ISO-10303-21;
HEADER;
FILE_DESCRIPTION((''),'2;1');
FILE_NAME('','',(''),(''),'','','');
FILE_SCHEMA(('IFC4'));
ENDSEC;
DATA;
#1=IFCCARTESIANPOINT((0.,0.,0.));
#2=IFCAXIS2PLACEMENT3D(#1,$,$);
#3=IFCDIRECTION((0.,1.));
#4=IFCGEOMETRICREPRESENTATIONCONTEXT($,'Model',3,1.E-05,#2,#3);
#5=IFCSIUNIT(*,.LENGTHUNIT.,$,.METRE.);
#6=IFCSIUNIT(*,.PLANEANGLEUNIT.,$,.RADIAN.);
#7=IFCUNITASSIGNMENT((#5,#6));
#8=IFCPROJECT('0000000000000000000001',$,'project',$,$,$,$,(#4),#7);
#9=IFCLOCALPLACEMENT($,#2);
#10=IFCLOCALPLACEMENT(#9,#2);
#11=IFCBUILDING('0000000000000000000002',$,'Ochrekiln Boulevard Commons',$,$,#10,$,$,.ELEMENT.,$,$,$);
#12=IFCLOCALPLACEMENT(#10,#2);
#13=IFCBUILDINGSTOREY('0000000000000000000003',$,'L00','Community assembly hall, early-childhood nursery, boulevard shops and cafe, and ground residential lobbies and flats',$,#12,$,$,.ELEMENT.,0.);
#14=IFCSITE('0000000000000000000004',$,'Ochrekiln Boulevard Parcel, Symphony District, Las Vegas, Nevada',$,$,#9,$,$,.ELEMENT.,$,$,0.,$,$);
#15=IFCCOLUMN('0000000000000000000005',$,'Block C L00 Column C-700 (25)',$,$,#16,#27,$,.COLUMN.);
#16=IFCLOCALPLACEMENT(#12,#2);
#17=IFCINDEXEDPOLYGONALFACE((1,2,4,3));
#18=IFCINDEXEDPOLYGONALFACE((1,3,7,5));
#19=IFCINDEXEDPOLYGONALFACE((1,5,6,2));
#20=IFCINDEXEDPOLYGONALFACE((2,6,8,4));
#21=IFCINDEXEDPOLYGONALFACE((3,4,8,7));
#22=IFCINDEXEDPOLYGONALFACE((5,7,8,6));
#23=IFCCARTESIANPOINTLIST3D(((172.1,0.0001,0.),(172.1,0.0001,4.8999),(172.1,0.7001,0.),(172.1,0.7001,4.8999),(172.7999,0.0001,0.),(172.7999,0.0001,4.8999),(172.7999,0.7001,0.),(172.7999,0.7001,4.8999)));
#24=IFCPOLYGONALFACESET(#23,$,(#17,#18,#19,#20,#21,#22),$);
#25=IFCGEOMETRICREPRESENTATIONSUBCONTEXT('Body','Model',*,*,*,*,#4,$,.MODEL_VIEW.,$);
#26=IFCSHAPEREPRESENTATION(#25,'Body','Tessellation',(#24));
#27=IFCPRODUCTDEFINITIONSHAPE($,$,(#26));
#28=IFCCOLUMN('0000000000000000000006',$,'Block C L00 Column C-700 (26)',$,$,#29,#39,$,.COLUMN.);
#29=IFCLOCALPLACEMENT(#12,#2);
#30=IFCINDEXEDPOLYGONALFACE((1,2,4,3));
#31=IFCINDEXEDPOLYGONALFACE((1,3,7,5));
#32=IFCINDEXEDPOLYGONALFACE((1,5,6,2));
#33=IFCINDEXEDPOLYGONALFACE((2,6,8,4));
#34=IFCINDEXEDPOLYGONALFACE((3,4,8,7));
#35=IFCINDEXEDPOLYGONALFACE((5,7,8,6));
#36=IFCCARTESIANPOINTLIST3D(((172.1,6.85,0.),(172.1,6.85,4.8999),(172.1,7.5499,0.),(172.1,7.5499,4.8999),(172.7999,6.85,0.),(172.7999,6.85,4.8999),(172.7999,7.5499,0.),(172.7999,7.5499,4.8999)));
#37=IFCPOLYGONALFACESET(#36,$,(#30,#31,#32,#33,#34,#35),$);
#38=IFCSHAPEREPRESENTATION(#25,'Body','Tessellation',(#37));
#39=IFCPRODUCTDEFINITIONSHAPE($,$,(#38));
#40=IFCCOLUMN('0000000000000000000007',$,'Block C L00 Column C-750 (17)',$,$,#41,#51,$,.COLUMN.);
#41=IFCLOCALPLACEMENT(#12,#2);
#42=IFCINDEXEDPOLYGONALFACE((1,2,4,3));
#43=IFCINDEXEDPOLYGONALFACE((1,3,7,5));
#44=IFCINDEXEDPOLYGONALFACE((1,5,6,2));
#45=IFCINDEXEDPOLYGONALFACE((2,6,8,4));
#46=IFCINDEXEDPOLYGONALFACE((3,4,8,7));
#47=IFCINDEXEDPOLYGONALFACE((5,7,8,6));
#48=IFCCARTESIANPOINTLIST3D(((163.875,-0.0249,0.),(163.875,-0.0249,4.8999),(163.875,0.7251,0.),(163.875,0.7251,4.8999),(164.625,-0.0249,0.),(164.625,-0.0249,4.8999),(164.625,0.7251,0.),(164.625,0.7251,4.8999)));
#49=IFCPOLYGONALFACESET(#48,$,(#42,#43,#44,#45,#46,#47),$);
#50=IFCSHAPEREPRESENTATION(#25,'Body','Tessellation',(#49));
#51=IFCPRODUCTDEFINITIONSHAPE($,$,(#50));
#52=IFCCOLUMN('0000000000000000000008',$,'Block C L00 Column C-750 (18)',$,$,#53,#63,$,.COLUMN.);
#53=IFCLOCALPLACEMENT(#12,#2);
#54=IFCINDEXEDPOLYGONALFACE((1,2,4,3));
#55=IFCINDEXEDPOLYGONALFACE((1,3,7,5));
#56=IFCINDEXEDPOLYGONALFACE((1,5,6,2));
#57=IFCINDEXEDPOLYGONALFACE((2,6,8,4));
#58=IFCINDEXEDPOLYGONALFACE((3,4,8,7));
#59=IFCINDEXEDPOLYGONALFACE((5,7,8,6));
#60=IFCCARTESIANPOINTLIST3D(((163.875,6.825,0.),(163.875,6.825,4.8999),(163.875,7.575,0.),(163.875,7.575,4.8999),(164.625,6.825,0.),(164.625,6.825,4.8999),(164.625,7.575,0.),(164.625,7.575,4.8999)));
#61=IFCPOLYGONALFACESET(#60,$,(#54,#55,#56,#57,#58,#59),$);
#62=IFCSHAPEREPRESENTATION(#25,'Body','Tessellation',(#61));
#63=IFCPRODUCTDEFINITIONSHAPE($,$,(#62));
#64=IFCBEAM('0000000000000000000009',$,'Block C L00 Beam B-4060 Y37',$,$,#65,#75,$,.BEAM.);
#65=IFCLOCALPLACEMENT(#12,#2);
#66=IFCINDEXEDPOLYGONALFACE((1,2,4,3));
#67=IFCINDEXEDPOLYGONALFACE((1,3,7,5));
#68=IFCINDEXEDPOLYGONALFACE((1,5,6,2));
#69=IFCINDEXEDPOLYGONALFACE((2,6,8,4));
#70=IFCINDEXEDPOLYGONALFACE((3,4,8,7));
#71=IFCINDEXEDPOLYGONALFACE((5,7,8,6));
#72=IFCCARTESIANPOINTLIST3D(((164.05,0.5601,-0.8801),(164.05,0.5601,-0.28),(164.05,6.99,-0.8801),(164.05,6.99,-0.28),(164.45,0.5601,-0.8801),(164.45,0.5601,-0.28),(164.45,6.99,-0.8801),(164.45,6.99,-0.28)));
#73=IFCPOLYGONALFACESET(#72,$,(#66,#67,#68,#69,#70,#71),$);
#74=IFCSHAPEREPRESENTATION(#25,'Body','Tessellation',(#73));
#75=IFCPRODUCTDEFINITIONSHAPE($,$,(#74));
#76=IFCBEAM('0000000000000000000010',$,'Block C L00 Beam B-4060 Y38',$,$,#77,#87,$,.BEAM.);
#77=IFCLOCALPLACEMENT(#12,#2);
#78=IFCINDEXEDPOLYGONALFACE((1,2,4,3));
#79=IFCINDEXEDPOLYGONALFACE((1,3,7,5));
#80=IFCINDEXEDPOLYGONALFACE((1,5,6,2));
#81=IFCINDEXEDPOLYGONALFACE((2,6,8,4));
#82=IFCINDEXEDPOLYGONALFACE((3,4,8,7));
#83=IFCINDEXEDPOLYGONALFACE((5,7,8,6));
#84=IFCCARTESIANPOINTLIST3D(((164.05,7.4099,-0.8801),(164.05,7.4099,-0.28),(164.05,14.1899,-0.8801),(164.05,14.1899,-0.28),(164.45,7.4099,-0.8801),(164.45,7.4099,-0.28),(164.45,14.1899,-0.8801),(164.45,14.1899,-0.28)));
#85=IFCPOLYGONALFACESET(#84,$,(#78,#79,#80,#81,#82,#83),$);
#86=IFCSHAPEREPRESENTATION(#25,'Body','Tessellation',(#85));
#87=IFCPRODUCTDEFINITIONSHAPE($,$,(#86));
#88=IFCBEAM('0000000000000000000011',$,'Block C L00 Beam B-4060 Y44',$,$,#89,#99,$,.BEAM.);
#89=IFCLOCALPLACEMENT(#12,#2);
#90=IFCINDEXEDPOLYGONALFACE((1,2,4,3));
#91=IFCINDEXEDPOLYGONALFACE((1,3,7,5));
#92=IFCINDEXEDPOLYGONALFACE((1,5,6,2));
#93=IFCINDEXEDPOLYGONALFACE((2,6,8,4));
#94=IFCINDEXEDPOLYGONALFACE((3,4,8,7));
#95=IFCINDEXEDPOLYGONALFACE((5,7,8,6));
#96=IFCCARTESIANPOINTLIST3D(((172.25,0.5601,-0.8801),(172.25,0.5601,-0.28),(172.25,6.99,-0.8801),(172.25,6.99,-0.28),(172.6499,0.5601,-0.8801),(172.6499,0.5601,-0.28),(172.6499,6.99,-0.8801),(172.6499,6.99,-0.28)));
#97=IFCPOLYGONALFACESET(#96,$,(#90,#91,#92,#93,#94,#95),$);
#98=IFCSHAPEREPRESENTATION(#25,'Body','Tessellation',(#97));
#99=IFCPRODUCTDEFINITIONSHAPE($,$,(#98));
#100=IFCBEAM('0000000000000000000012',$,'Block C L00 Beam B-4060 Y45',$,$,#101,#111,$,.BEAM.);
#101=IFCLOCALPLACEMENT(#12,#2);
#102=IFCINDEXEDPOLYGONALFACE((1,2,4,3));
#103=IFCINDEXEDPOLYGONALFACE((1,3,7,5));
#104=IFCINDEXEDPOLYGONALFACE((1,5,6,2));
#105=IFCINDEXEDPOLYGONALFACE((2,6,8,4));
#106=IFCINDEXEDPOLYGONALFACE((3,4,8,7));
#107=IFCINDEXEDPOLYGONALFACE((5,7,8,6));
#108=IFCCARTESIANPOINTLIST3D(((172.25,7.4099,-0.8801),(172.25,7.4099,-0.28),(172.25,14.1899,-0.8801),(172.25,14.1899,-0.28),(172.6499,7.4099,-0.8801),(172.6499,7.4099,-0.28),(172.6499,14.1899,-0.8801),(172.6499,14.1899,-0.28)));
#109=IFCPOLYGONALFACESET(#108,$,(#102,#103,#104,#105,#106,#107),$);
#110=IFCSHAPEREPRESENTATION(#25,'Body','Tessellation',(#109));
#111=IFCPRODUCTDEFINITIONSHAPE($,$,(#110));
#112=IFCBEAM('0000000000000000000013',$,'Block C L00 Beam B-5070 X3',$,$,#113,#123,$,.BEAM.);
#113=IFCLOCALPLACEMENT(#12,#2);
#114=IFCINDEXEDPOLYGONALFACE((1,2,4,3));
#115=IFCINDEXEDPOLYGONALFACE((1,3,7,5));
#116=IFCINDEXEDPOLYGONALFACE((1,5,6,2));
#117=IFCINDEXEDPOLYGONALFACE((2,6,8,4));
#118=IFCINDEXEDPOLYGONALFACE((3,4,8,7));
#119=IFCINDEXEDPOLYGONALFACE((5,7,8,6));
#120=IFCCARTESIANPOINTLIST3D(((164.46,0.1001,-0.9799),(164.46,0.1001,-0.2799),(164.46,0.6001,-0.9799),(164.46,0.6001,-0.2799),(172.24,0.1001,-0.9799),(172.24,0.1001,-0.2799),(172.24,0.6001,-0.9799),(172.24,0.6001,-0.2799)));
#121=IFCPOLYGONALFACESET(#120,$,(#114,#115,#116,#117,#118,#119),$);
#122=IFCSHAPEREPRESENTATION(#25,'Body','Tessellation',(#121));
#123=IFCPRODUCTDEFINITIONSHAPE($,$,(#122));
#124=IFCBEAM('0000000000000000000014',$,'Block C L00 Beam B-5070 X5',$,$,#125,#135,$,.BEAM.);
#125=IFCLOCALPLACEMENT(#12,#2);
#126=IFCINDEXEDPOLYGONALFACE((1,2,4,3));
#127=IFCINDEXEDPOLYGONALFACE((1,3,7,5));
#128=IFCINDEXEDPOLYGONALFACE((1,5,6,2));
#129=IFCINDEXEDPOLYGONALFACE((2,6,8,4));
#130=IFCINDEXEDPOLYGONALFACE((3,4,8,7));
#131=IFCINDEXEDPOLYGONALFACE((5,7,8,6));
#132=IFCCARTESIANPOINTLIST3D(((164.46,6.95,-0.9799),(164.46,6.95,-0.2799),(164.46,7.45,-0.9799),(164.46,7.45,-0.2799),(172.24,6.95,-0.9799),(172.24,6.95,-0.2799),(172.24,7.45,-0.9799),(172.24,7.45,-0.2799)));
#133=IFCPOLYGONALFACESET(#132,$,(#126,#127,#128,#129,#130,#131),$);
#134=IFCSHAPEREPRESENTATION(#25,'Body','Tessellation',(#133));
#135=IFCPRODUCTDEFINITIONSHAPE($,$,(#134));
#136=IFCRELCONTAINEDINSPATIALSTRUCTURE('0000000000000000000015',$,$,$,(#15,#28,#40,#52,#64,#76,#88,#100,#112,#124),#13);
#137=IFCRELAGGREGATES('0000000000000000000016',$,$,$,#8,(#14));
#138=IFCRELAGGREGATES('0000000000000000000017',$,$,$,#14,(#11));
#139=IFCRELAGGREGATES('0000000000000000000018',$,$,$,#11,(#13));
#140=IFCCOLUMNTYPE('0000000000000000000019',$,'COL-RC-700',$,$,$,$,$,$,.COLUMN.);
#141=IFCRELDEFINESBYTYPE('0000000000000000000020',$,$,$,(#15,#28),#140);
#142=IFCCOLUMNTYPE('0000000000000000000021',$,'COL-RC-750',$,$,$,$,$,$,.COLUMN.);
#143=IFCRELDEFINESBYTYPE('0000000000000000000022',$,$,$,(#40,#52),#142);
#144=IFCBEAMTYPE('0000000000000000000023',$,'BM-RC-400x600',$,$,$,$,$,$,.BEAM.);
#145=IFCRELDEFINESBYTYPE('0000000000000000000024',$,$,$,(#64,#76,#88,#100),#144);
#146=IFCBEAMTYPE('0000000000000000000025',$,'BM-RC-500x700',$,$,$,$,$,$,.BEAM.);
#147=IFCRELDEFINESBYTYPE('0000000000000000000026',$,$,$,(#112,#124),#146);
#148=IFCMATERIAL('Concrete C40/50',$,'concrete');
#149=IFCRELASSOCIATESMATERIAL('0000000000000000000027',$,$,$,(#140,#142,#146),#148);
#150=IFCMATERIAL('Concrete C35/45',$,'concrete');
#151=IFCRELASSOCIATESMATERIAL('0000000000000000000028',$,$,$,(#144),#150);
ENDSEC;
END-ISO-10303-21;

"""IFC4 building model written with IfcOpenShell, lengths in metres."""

from ifc_helpers import new_model, si_unit, direction, frame, origin, origin_2d, place, context, subcontext, project, spatial, rectangle, extrude, material, material_profile, profile_set, type_object, element, save


model = new_model("IFC4")

# Units and contexts
model_context = context("Model", 3, precision=1e-05, world=origin(), true_north=direction((0.0, 1.0)))
body_context = subcontext(model_context, "Body", "Model", "MODEL_VIEW")
ifc_project = project(units=[si_unit("LENGTHUNIT", "METRE"), si_unit("PLANEANGLEUNIT", "RADIAN")], contexts=[model_context])

# Site, building, storey
site_placement = place(None, origin())
site = spatial("IfcSite", under=ifc_project, at=site_placement, Name="Ochrekiln Boulevard Parcel, Symphony District, Las Vegas, Nevada", CompositionType="ELEMENT", RefElevation=0.0)
building_placement = place(site_placement, origin())
building = spatial("IfcBuilding", under=site, at=building_placement, Name="Ochrekiln Boulevard Commons", CompositionType="ELEMENT")
storey_placement = place(building_placement, origin())
storey = spatial("IfcBuildingStorey", under=building, at=storey_placement, Name="L00", Description="Community assembly hall, early-childhood nursery, boulevard shops and cafe, and ground residential lobbies and flats", CompositionType="ELEMENT", Elevation=0.0)

# Columns
ifc_material_1 = material(Name="Concrete C40/50", Category="concrete")
ifc_material_profile_1 = material_profile(ifc_material_1, rectangle(XDim=0.7, YDim=0.7, at=origin_2d()), Name="RC-COL-700x700")
ifc_profile_set_1 = profile_set([ifc_material_profile_1], Name="Concrete C40/50")
column_type_1 = type_object("IfcColumnType", Name="COL-RC-700", PredefinedType="COLUMN", material=ifc_profile_set_1)
for number, where, z_axis, x_axis, name in (
    (1, (172.45, 0.3501, 0.0), (0.0, 0.0, 1.0), (1.0, 0.0, 0.0), "Block C L00 Column C-700 (25)"),
    (2, (172.45, 7.2, 0.0), (0.0, 0.0, 1.0), (1.0, 0.0, 0.0), "Block C L00 Column C-700 (26)"),
):
    element("IfcColumn", number, at=place(storey_placement, frame(where, z_axis=z_axis, x_axis=x_axis)), inside=storey, type_object=column_type_1, Name=name, PredefinedType="COLUMN", context=body_context, shape_type="SweptSolid", body=[
        extrude(rectangle(XDim=0.7, YDim=0.7, at=origin_2d()), origin(), (0.0, 0.0, 1.0), 4.8999),
    ])
ifc_material_profile_2 = material_profile(ifc_material_1, rectangle(XDim=0.75, YDim=0.75, at=origin_2d()), Name="RC-COL-750x750")
ifc_profile_set_2 = profile_set([ifc_material_profile_2], Name="Concrete C40/50")
column_type_2 = type_object("IfcColumnType", Name="COL-RC-750", PredefinedType="COLUMN", material=ifc_profile_set_2)
for number, where, z_axis, x_axis, name in (
    (3, (164.25, 0.3501, 0.0), (0.0, 0.0, 1.0), (1.0, 0.0, 0.0), "Block C L00 Column C-750 (17)"),
    (4, (164.25, 7.2, 0.0), (0.0, 0.0, 1.0), (1.0, 0.0, 0.0), "Block C L00 Column C-750 (18)"),
):
    element("IfcColumn", number, at=place(storey_placement, frame(where, z_axis=z_axis, x_axis=x_axis)), inside=storey, type_object=column_type_2, Name=name, PredefinedType="COLUMN", context=body_context, shape_type="SweptSolid", body=[
        extrude(rectangle(XDim=0.75, YDim=0.75, at=origin_2d()), origin(), (0.0, 0.0, 1.0), 4.8999),
    ])

# Beams
ifc_material_2 = material(Name="Concrete C35/45", Category="concrete")
ifc_material_profile_3 = material_profile(ifc_material_2, rectangle(XDim=0.3999, YDim=0.6001, at=origin_2d()), Name="RC-BM-400x600")
ifc_profile_set_3 = profile_set([ifc_material_profile_3], Name="Concrete C35/45")
beam_type_1 = type_object("IfcBeamType", Name="BM-RC-400x600", PredefinedType="BEAM", material=ifc_profile_set_3)
beam_1_placement = place(storey_placement, frame((164.25, 0.5601, -0.5801), z_axis=(0.0, 1.0, 0.0), x_axis=(-1.0, 0.0, 0.0)))
element("IfcBeam", 5, at=beam_1_placement, inside=storey, type_object=beam_type_1, Name="Block C L00 Beam B-4060 Y37", PredefinedType="BEAM", context=body_context, shape_type="SweptSolid", body=[
    extrude(rectangle(XDim=0.3999, YDim=0.6001, at=origin_2d()), origin(), (0.0, 0.0, 1.0), 6.4299),
])
beam_2_placement = place(storey_placement, frame((164.25, 7.4099, -0.5801), z_axis=(0.0, 1.0, 0.0), x_axis=(-1.0, 0.0, 0.0)))
element("IfcBeam", 6, at=beam_2_placement, inside=storey, type_object=beam_type_1, Name="Block C L00 Beam B-4060 Y38", PredefinedType="BEAM", context=body_context, shape_type="SweptSolid", body=[
    extrude(rectangle(XDim=0.3999, YDim=0.6001, at=origin_2d()), origin(), (0.0, 0.0, 1.0), 6.78),
])
beam_3_placement = place(storey_placement, frame((172.45, 0.5601, -0.5801), z_axis=(0.0, 1.0, 0.0), x_axis=(-1.0, 0.0, 0.0)))
element("IfcBeam", 7, at=beam_3_placement, inside=storey, type_object=beam_type_1, Name="Block C L00 Beam B-4060 Y44", PredefinedType="BEAM", context=body_context, shape_type="SweptSolid", body=[
    extrude(rectangle(XDim=0.3999, YDim=0.6001, at=origin_2d()), origin(), (0.0, 0.0, 1.0), 6.4299),
])
beam_4_placement = place(storey_placement, frame((172.45, 7.4099, -0.5801), z_axis=(0.0, 1.0, 0.0), x_axis=(-1.0, 0.0, 0.0)))
element("IfcBeam", 8, at=beam_4_placement, inside=storey, type_object=beam_type_1, Name="Block C L00 Beam B-4060 Y45", PredefinedType="BEAM", context=body_context, shape_type="SweptSolid", body=[
    extrude(rectangle(XDim=0.3999, YDim=0.6001, at=origin_2d()), origin(), (0.0, 0.0, 1.0), 6.78),
])
ifc_material_profile_4 = material_profile(ifc_material_1, rectangle(XDim=0.5, YDim=0.7, at=origin_2d()), Name="RC-BM-500x700")
ifc_profile_set_4 = profile_set([ifc_material_profile_4], Name="Concrete C40/50")
beam_type_2 = type_object("IfcBeamType", Name="BM-RC-500x700", PredefinedType="BEAM", material=ifc_profile_set_4)
for number, where, z_axis, x_axis, name in (
    (9, (164.46, 0.3501, -0.6299), (1.0, 0.0, 0.0), (0.0, 1.0, 0.0), "Block C L00 Beam B-5070 X3"),
    (10, (164.46, 7.2, -0.6299), (1.0, 0.0, 0.0), (0.0, 1.0, 0.0), "Block C L00 Beam B-5070 X5"),
):
    element("IfcBeam", number, at=place(storey_placement, frame(where, z_axis=z_axis, x_axis=x_axis)), inside=storey, type_object=beam_type_2, Name=name, PredefinedType="BEAM", context=body_context, shape_type="SweptSolid", body=[
        extrude(rectangle(XDim=0.5, YDim=0.7, at=origin_2d()), origin(), (0.0, 0.0, 1.0), 7.78),
    ])

save(model, "model.ifc")
